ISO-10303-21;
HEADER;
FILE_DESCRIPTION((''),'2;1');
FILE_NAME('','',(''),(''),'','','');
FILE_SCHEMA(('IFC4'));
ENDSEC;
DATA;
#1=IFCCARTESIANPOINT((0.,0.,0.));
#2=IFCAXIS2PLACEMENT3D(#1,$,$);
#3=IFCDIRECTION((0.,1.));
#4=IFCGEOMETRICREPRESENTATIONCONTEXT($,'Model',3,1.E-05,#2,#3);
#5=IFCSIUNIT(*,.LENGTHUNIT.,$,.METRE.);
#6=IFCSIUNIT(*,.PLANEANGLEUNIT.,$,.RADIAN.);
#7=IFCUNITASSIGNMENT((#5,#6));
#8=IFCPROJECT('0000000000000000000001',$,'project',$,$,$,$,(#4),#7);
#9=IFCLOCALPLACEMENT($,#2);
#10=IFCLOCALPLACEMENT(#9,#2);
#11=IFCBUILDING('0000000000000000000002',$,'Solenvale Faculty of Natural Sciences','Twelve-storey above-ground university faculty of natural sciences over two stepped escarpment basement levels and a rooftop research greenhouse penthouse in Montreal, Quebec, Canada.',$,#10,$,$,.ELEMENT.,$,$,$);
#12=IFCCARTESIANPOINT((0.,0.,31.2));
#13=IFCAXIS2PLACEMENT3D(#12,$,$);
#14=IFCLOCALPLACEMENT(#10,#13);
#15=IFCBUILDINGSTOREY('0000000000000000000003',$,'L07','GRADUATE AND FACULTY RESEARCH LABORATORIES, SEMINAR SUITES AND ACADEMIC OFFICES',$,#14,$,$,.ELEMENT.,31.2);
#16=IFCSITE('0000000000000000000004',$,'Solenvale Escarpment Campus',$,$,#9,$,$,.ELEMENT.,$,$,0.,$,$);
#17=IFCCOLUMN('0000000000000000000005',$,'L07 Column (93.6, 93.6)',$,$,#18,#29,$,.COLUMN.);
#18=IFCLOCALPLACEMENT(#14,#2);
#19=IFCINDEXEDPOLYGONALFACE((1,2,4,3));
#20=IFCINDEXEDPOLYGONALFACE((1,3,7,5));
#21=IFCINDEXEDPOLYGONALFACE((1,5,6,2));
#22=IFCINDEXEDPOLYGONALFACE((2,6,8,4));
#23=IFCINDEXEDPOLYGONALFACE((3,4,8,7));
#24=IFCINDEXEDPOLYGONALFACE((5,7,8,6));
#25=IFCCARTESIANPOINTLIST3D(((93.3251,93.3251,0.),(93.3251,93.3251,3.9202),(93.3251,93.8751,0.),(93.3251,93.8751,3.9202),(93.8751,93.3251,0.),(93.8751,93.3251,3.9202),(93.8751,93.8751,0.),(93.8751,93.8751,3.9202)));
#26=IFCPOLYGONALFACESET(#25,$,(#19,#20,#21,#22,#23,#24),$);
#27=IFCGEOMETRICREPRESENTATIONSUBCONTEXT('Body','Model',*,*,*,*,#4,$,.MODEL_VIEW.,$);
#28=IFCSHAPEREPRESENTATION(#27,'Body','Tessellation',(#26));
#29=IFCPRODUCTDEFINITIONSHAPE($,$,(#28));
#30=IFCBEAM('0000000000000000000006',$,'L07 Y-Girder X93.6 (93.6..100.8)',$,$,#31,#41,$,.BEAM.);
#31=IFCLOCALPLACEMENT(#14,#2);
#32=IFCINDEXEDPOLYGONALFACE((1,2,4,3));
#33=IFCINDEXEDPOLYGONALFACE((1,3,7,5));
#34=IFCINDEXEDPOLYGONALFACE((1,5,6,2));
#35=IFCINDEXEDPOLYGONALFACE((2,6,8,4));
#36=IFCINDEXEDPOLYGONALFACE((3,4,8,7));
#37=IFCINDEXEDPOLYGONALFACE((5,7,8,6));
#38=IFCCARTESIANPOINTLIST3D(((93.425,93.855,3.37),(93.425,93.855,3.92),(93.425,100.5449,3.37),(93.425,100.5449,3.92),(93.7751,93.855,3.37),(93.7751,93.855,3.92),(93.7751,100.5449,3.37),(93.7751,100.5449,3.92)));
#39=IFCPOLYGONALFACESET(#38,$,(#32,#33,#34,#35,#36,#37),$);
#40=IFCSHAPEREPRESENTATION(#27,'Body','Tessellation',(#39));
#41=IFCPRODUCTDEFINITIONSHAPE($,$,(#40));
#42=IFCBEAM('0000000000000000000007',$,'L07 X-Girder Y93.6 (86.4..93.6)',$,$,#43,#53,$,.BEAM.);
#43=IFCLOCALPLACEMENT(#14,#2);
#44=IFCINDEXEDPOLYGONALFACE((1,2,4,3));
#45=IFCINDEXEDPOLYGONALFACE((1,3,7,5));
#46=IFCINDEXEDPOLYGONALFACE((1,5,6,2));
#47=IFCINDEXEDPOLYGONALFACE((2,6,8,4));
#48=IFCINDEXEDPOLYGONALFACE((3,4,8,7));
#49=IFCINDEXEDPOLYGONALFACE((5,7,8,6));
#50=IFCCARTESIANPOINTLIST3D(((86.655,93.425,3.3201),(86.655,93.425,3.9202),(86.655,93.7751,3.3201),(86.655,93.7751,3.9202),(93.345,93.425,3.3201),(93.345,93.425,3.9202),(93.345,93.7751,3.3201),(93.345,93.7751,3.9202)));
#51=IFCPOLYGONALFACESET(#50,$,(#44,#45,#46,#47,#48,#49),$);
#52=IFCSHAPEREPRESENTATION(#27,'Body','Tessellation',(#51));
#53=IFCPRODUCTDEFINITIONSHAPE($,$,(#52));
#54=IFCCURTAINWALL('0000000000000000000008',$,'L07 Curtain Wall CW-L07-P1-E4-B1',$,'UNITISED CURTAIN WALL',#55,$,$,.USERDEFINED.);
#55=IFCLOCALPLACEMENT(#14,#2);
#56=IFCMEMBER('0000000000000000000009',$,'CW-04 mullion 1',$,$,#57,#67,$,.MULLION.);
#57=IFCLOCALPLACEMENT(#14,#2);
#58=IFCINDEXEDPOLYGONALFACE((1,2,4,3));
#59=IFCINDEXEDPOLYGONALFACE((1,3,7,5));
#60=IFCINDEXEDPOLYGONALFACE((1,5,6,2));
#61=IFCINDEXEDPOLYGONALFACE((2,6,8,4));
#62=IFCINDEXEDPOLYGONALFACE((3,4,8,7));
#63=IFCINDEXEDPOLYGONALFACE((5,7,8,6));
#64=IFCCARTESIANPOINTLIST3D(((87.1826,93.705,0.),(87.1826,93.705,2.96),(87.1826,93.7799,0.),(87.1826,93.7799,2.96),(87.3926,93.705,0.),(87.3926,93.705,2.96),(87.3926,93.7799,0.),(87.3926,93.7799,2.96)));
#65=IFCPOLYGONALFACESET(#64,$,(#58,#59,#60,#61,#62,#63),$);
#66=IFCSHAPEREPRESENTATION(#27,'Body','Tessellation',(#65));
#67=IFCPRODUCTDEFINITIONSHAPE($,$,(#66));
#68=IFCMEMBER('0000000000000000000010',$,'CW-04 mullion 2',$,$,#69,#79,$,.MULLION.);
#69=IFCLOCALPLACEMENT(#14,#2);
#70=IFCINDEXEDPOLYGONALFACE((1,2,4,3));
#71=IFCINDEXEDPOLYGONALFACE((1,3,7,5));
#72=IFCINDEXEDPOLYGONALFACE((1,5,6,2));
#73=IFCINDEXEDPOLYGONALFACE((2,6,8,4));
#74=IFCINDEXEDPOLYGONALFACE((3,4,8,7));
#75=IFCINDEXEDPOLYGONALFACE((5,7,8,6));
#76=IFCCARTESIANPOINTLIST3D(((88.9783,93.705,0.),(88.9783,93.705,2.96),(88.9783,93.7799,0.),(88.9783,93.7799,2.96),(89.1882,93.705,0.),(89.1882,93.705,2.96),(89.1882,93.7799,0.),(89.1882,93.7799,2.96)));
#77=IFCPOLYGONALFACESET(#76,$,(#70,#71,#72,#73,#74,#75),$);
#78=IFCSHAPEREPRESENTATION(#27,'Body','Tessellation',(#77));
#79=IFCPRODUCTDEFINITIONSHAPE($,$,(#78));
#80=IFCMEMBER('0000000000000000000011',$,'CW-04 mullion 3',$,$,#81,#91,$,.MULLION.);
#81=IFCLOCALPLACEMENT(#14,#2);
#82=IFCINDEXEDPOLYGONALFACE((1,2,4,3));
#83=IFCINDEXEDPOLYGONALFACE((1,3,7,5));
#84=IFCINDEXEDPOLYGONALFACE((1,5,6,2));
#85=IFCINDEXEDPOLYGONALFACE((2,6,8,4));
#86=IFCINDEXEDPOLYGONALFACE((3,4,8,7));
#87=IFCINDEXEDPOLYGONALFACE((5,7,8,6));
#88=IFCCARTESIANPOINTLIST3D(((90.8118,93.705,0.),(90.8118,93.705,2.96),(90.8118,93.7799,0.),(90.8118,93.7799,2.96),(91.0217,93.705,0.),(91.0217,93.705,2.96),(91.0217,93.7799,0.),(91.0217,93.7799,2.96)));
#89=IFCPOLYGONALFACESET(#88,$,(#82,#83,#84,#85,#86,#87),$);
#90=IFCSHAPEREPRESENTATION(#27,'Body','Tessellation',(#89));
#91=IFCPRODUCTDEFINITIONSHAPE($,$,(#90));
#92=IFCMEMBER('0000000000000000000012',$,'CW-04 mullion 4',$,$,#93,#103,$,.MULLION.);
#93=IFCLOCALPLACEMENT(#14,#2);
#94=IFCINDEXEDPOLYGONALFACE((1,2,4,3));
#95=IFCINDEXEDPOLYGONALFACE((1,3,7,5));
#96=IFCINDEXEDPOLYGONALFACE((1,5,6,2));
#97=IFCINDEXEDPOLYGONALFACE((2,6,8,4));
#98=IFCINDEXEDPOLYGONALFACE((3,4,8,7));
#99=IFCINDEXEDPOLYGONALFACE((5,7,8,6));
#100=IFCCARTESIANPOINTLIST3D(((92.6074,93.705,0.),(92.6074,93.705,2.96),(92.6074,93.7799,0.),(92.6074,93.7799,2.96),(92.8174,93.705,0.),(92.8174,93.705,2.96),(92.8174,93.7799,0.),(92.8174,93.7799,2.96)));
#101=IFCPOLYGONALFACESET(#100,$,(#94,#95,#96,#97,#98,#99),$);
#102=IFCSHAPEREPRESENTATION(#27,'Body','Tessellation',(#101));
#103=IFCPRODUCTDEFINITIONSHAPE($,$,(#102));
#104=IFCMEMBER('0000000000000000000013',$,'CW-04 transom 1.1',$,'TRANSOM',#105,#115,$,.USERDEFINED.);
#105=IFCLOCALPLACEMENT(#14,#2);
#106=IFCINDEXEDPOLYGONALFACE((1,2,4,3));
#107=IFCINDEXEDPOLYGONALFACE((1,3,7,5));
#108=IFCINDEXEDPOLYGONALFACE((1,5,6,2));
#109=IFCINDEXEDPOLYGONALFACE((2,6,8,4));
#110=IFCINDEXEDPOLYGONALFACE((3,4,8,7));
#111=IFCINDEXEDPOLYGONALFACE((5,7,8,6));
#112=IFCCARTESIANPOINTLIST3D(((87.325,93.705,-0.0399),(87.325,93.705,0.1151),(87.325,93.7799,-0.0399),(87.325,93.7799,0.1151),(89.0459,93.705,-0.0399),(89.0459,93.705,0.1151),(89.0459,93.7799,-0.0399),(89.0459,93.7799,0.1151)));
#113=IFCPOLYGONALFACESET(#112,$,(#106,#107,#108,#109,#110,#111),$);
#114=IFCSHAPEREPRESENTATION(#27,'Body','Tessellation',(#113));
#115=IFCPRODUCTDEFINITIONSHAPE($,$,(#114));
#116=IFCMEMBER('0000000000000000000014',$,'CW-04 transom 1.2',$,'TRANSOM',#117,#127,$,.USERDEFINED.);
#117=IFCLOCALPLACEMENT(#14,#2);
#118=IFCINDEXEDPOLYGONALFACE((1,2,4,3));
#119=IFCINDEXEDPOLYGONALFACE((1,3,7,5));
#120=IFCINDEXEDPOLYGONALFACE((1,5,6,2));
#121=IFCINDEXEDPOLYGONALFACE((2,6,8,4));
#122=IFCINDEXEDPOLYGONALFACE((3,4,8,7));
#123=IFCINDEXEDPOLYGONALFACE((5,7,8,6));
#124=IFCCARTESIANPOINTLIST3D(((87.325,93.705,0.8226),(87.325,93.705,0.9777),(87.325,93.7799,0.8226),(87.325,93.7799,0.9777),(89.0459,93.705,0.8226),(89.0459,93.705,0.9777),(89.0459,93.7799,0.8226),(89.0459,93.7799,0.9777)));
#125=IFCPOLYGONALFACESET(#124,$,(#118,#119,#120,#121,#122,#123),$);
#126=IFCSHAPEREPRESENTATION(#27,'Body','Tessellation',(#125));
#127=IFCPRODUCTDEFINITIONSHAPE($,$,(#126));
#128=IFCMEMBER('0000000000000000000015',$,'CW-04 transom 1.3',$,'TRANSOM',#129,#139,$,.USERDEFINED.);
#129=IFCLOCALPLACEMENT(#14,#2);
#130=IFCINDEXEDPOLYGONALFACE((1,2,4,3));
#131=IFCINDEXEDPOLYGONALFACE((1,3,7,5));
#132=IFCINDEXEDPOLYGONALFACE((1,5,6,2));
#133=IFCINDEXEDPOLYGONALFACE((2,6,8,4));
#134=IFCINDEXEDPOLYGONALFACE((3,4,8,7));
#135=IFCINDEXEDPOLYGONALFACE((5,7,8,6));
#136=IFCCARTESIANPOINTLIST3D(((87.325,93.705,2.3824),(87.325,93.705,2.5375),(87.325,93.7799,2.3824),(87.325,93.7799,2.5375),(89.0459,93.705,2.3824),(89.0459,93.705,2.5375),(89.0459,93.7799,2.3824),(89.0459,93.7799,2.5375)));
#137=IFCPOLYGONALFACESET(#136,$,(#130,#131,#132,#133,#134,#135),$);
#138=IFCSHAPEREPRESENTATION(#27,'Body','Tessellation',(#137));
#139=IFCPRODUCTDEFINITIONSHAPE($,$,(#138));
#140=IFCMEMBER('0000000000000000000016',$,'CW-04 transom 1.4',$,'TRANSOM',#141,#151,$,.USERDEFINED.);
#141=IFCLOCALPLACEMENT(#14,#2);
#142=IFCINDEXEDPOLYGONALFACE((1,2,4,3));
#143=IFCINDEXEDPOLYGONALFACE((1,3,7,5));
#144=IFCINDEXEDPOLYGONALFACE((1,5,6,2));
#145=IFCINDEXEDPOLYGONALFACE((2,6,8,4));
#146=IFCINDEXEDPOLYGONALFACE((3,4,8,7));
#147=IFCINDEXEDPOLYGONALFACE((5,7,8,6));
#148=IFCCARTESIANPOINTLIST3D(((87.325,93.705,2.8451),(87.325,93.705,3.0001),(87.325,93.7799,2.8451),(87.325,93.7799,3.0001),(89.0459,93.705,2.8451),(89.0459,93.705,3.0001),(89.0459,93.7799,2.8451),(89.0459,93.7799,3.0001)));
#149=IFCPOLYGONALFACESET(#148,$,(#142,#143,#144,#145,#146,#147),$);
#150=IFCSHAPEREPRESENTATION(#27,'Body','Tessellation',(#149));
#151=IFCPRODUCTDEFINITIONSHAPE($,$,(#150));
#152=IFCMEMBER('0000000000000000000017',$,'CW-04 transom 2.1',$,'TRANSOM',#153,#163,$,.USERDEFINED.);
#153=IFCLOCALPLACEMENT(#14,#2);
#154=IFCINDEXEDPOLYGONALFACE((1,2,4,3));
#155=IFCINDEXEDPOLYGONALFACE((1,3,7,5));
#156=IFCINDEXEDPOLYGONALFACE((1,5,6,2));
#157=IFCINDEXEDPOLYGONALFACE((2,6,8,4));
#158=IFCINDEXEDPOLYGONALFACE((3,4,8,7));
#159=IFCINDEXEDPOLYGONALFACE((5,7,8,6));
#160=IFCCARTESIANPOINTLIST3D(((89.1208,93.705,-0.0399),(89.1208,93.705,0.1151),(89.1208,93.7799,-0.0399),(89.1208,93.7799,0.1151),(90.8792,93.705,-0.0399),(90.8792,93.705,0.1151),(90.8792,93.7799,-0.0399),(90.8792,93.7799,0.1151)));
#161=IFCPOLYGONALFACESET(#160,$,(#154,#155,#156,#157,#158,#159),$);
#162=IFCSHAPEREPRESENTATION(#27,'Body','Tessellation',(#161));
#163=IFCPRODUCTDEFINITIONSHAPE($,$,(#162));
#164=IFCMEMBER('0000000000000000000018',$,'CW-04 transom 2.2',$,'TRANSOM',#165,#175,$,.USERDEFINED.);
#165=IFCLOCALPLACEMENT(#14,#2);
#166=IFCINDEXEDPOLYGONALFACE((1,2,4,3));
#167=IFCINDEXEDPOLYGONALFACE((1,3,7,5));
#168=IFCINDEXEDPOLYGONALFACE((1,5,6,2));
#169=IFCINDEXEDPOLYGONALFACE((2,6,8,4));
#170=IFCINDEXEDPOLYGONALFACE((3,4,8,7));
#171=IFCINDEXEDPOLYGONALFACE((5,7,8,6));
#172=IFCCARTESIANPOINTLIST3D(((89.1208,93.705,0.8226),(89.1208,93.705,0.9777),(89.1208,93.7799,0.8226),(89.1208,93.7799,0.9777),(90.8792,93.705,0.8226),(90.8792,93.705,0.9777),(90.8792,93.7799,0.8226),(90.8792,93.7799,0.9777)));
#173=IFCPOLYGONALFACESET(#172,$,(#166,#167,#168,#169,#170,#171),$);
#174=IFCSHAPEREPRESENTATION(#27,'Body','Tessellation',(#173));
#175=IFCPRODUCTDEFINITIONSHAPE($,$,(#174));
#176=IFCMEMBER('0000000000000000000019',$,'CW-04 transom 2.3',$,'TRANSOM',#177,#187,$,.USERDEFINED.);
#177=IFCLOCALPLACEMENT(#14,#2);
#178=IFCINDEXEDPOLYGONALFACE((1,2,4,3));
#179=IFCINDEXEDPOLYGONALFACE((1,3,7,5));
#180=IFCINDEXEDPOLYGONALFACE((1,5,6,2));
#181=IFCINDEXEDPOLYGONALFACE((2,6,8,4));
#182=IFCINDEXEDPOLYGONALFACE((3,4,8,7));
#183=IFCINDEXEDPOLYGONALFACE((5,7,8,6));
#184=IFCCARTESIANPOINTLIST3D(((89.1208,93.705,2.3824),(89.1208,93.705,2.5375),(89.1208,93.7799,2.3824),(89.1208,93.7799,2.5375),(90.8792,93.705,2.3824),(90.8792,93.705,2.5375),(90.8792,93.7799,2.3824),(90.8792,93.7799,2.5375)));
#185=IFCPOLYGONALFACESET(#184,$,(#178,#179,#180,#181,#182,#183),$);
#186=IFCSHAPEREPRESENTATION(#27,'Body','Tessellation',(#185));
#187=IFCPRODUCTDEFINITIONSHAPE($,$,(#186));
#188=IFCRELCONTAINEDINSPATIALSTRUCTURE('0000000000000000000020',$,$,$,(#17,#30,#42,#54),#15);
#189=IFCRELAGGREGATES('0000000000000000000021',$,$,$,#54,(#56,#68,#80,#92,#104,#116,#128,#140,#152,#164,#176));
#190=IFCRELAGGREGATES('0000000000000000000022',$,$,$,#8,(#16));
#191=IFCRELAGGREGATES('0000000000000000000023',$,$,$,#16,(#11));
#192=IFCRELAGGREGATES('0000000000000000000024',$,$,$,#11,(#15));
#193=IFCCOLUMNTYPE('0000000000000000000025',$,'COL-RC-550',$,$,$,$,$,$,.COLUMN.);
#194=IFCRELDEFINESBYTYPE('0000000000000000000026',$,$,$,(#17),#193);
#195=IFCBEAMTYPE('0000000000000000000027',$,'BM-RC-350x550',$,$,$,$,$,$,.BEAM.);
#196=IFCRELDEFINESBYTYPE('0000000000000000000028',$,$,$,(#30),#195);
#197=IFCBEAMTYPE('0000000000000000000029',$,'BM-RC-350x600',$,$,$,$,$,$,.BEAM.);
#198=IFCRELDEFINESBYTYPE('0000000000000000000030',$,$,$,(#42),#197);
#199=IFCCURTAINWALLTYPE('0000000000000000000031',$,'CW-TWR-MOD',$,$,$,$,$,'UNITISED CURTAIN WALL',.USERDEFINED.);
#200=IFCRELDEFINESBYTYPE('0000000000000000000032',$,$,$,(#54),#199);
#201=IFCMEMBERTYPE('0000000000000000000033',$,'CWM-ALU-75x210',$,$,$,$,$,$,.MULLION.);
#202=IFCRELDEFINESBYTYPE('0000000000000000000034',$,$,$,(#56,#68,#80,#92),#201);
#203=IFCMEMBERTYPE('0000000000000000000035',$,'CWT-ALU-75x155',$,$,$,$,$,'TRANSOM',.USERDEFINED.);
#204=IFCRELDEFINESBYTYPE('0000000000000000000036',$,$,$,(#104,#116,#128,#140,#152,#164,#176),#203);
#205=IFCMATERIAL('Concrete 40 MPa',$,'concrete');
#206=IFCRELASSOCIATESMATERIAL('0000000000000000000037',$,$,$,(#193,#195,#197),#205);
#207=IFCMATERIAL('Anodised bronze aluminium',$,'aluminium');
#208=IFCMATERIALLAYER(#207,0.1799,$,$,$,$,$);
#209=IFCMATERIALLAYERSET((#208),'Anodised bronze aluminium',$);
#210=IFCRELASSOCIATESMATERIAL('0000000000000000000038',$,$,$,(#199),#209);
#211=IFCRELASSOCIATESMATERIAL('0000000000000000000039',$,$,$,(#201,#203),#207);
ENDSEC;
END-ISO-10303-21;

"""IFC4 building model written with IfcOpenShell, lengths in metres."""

from ifc_helpers import new_model, si_unit, direction, frame, origin, origin_2d, place, context, subcontext, project, spatial, rectangle, extrude, material, layer, layer_set, material_profile, profile_set, type_object, element, aggregate, save


model = new_model("IFC4")

# Units and contexts
model_context = context("Model", 3, precision=1e-05, world=origin(), true_north=direction((0.0, 1.0)))
body_context = subcontext(model_context, "Body", "Model", "MODEL_VIEW")
ifc_project = project(units=[si_unit("LENGTHUNIT", "METRE"), si_unit("PLANEANGLEUNIT", "RADIAN")], contexts=[model_context])

# Site, building, storey
site_placement = place(None, origin())
site = spatial("IfcSite", under=ifc_project, at=site_placement, Name="Solenvale Escarpment Campus", CompositionType="ELEMENT", RefElevation=0.0)
building_placement = place(site_placement, origin())
building = spatial("IfcBuilding", under=site, at=building_placement, Name="Solenvale Faculty of Natural Sciences", Description="Twelve-storey above-ground university faculty of natural sciences over two stepped escarpment basement levels and a rooftop research greenhouse penthouse in Montreal, Quebec, Canada.", CompositionType="ELEMENT")
storey_placement = place(building_placement, frame((0.0, 0.0, 31.2)))
storey = spatial("IfcBuildingStorey", under=building, at=storey_placement, Name="L07", Description="GRADUATE AND FACULTY RESEARCH LABORATORIES, SEMINAR SUITES AND ACADEMIC OFFICES", CompositionType="ELEMENT", Elevation=31.2)

# Column
ifc_material_1 = material(Name="Concrete 40 MPa", Category="concrete")
ifc_material_profile_1 = material_profile(ifc_material_1, rectangle(XDim=0.55, YDim=0.55, at=origin_2d()), Name="RC-COL-550x550")
ifc_profile_set_1 = profile_set([ifc_material_profile_1], Name="Concrete 40 MPa")
column_type = type_object("IfcColumnType", Name="COL-RC-550", PredefinedType="COLUMN", material=ifc_profile_set_1)
column_placement = place(storey_placement, frame((93.6001, 93.6001, 0.0), z_axis=(0.0, 0.0, 1.0), x_axis=(1.0, 0.0, 0.0)))
element("IfcColumn", 1, at=column_placement, inside=storey, type_object=column_type, Name="L07 Column (93.6, 93.6)", PredefinedType="COLUMN", context=body_context, shape_type="SweptSolid", body=[
    extrude(rectangle(XDim=0.55, YDim=0.55, at=origin_2d()), origin(), (0.0, 0.0, 1.0), 3.9202),
])

# Beams
ifc_material_profile_2 = material_profile(ifc_material_1, rectangle(XDim=0.3501, YDim=0.55, at=origin_2d()), Name="RC-BM-350x550")
ifc_profile_set_2 = profile_set([ifc_material_profile_2], Name="Concrete 40 MPa")
beam_type_1 = type_object("IfcBeamType", Name="BM-RC-350x550", PredefinedType="BEAM", material=ifc_profile_set_2)
beam_1_placement = place(storey_placement, frame((93.6001, 93.855, 3.645), z_axis=(0.0, 1.0, 0.0), x_axis=(-1.0, 0.0, 0.0)))
element("IfcBeam", 2, at=beam_1_placement, inside=storey, type_object=beam_type_1, Name="L07 Y-Girder X93.6 (93.6..100.8)", PredefinedType="BEAM", context=body_context, shape_type="SweptSolid", body=[
    extrude(rectangle(XDim=0.3501, YDim=0.55, at=origin_2d()), origin(), (0.0, 0.0, 1.0), 6.6899),
])
ifc_material_profile_3 = material_profile(ifc_material_1, rectangle(XDim=0.3501, YDim=0.6001, at=origin_2d()), Name="RC-BM-350x600")
ifc_profile_set_3 = profile_set([ifc_material_profile_3], Name="Concrete 40 MPa")
beam_type_2 = type_object("IfcBeamType", Name="BM-RC-350x600", PredefinedType="BEAM", material=ifc_profile_set_3)
beam_2_placement = place(storey_placement, frame((86.655, 93.6001, 3.6201), z_axis=(1.0, 0.0, 0.0), x_axis=(0.0, 1.0, 0.0)))
element("IfcBeam", 3, at=beam_2_placement, inside=storey, type_object=beam_type_2, Name="L07 X-Girder Y93.6 (86.4..93.6)", PredefinedType="BEAM", context=body_context, shape_type="SweptSolid", body=[
    extrude(rectangle(XDim=0.3501, YDim=0.6001, at=origin_2d()), origin(), (0.0, 0.0, 1.0), 6.6899),
])

# Curtain wall, members
ifc_material_2 = material(Name="Anodised bronze aluminium", Category="aluminium")
ifc_layer_1 = layer(ifc_material_2, 0.1799)
ifc_layer_set_1 = layer_set([ifc_layer_1], Name="Anodised bronze aluminium")
curtain_wall_type = type_object("IfcCurtainWallType", Name="CW-TWR-MOD", ElementType="UNITISED CURTAIN WALL", PredefinedType="USERDEFINED", material=ifc_layer_set_1)
curtain_wall_placement = place(storey_placement, origin())
curtain_wall = element("IfcCurtainWall", 4, at=curtain_wall_placement, inside=storey, type_object=curtain_wall_type, Name="L07 Curtain Wall CW-L07-P1-E4-B1", ObjectType="UNITISED CURTAIN WALL", PredefinedType="USERDEFINED")
ifc_material_profile_4 = material_profile(ifc_material_2, rectangle(XDim=0.075, YDim=0.21, at=origin_2d()), Name="ALU-MUL-75x210")
ifc_profile_set_4 = profile_set([ifc_material_profile_4], Name="Anodised bronze aluminium")
member_type_1 = type_object("IfcMemberType", Name="CWM-ALU-75x210", PredefinedType="MULLION", material=ifc_profile_set_4)
member_1_placement = place(storey_placement, frame((87.2876, 93.7424, 0.0), z_axis=(0.0, 0.0, 1.0), x_axis=(0.0, 1.0, 0.0)))
member_1 = element("IfcMember", 5, at=member_1_placement, type_object=member_type_1, Name="CW-04 mullion 1", PredefinedType="MULLION", context=body_context, shape_type="SweptSolid", body=[
    extrude(rectangle(XDim=0.075, YDim=0.21, at=origin_2d()), origin(), (0.0, 0.0, 1.0), 2.96),
])
member_2_placement = place(storey_placement, frame((89.0833, 93.7424, 0.0), z_axis=(0.0, 0.0, 1.0), x_axis=(0.0, 1.0, 0.0)))
member_2 = element("IfcMember", 6, at=member_2_placement, type_object=member_type_1, Name="CW-04 mullion 2", PredefinedType="MULLION", context=body_context, shape_type="SweptSolid", body=[
    extrude(rectangle(XDim=0.075, YDim=0.21, at=origin_2d()), origin(), (0.0, 0.0, 1.0), 2.96),
])
member_3_placement = place(storey_placement, frame((90.9167, 93.7424, 0.0), z_axis=(0.0, 0.0, 1.0), x_axis=(0.0, 1.0, 0.0)))
member_3 = element("IfcMember", 7, at=member_3_placement, type_object=member_type_1, Name="CW-04 mullion 3", PredefinedType="MULLION", context=body_context, shape_type="SweptSolid", body=[
    extrude(rectangle(XDim=0.075, YDim=0.21, at=origin_2d()), origin(), (0.0, 0.0, 1.0), 2.96),
])
member_4_placement = place(storey_placement, frame((92.7124, 93.7424, 0.0), z_axis=(0.0, 0.0, 1.0), x_axis=(0.0, 1.0, 0.0)))
member_4 = element("IfcMember", 8, at=member_4_placement, type_object=member_type_1, Name="CW-04 mullion 4", PredefinedType="MULLION", context=body_context, shape_type="SweptSolid", body=[
    extrude(rectangle(XDim=0.075, YDim=0.21, at=origin_2d()), origin(), (0.0, 0.0, 1.0), 2.96),
])
ifc_material_profile_5 = material_profile(ifc_material_2, rectangle(XDim=0.075, YDim=0.155, at=origin_2d()), Name="ALU-TRN-75x155")
ifc_profile_set_5 = profile_set([ifc_material_profile_5], Name="Anodised bronze aluminium")
member_type_2 = type_object("IfcMemberType", Name="CWT-ALU-75x155", ElementType="TRANSOM", PredefinedType="USERDEFINED", material=ifc_profile_set_5)
member_5_placement = place(storey_placement, frame((87.325, 93.7424, 0.0376), z_axis=(1.0, 0.0, 0.0), x_axis=(0.0, 1.0, 0.0)))
member_5 = element("IfcMember", 9, at=member_5_placement, type_object=member_type_2, Name="CW-04 transom 1.1", ObjectType="TRANSOM", PredefinedType="USERDEFINED", context=body_context, shape_type="SweptSolid", body=[
    extrude(rectangle(XDim=0.075, YDim=0.155, at=origin_2d()), origin(), (0.0, 0.0, 1.0), 1.7209),
])
member_6_placement = place(storey_placement, frame((87.325, 93.7424, 0.9001), z_axis=(1.0, 0.0, 0.0), x_axis=(0.0, 1.0, 0.0)))
member_6 = element("IfcMember", 10, at=member_6_placement, type_object=member_type_2, Name="CW-04 transom 1.2", ObjectType="TRANSOM", PredefinedType="USERDEFINED", context=body_context, shape_type="SweptSolid", body=[
    extrude(rectangle(XDim=0.075, YDim=0.155, at=origin_2d()), origin(), (0.0, 0.0, 1.0), 1.7209),
])
member_7_placement = place(storey_placement, frame((87.325, 93.7424, 2.46), z_axis=(1.0, 0.0, 0.0), x_axis=(0.0, 1.0, 0.0)))
member_7 = element("IfcMember", 11, at=member_7_placement, type_object=member_type_2, Name="CW-04 transom 1.3", ObjectType="TRANSOM", PredefinedType="USERDEFINED", context=body_context, shape_type="SweptSolid", body=[
    extrude(rectangle(XDim=0.075, YDim=0.155, at=origin_2d()), origin(), (0.0, 0.0, 1.0), 1.7209),
])
member_8_placement = place(storey_placement, frame((87.325, 93.7424, 2.9226), z_axis=(1.0, 0.0, 0.0), x_axis=(0.0, 1.0, 0.0)))
member_8 = element("IfcMember", 12, at=member_8_placement, type_object=member_type_2, Name="CW-04 transom 1.4", ObjectType="TRANSOM", PredefinedType="USERDEFINED", context=body_context, shape_type="SweptSolid", body=[
    extrude(rectangle(XDim=0.075, YDim=0.155, at=origin_2d()), origin(), (0.0, 0.0, 1.0), 1.7209),
])
member_9_placement = place(storey_placement, frame((89.1208, 93.7424, 0.0376), z_axis=(1.0, 0.0, 0.0), x_axis=(0.0, 1.0, 0.0)))
member_9 = element("IfcMember", 13, at=member_9_placement, type_object=member_type_2, Name="CW-04 transom 2.1", ObjectType="TRANSOM", PredefinedType="USERDEFINED", context=body_context, shape_type="SweptSolid", body=[
    extrude(rectangle(XDim=0.075, YDim=0.155, at=origin_2d()), origin(), (0.0, 0.0, 1.0), 1.7583),
])
member_10_placement = place(storey_placement, frame((89.1208, 93.7424, 0.9001), z_axis=(1.0, 0.0, 0.0), x_axis=(0.0, 1.0, 0.0)))
member_10 = element("IfcMember", 14, at=member_10_placement, type_object=member_type_2, Name="CW-04 transom 2.2", ObjectType="TRANSOM", PredefinedType="USERDEFINED", context=body_context, shape_type="SweptSolid", body=[
    extrude(rectangle(XDim=0.075, YDim=0.155, at=origin_2d()), origin(), (0.0, 0.0, 1.0), 1.7583),
])
member_11_placement = place(storey_placement, frame((89.1208, 93.7424, 2.46), z_axis=(1.0, 0.0, 0.0), x_axis=(0.0, 1.0, 0.0)))
member_11 = element("IfcMember", 15, at=member_11_placement, type_object=member_type_2, Name="CW-04 transom 2.3", ObjectType="TRANSOM", PredefinedType="USERDEFINED", context=body_context, shape_type="SweptSolid", body=[
    extrude(rectangle(XDim=0.075, YDim=0.155, at=origin_2d()), origin(), (0.0, 0.0, 1.0), 1.7583),
])
aggregate(curtain_wall, [member_1, member_2, member_3, member_4, member_5, member_6, member_7, member_8, member_9, member_10, member_11])

save(model, "model.ifc")
